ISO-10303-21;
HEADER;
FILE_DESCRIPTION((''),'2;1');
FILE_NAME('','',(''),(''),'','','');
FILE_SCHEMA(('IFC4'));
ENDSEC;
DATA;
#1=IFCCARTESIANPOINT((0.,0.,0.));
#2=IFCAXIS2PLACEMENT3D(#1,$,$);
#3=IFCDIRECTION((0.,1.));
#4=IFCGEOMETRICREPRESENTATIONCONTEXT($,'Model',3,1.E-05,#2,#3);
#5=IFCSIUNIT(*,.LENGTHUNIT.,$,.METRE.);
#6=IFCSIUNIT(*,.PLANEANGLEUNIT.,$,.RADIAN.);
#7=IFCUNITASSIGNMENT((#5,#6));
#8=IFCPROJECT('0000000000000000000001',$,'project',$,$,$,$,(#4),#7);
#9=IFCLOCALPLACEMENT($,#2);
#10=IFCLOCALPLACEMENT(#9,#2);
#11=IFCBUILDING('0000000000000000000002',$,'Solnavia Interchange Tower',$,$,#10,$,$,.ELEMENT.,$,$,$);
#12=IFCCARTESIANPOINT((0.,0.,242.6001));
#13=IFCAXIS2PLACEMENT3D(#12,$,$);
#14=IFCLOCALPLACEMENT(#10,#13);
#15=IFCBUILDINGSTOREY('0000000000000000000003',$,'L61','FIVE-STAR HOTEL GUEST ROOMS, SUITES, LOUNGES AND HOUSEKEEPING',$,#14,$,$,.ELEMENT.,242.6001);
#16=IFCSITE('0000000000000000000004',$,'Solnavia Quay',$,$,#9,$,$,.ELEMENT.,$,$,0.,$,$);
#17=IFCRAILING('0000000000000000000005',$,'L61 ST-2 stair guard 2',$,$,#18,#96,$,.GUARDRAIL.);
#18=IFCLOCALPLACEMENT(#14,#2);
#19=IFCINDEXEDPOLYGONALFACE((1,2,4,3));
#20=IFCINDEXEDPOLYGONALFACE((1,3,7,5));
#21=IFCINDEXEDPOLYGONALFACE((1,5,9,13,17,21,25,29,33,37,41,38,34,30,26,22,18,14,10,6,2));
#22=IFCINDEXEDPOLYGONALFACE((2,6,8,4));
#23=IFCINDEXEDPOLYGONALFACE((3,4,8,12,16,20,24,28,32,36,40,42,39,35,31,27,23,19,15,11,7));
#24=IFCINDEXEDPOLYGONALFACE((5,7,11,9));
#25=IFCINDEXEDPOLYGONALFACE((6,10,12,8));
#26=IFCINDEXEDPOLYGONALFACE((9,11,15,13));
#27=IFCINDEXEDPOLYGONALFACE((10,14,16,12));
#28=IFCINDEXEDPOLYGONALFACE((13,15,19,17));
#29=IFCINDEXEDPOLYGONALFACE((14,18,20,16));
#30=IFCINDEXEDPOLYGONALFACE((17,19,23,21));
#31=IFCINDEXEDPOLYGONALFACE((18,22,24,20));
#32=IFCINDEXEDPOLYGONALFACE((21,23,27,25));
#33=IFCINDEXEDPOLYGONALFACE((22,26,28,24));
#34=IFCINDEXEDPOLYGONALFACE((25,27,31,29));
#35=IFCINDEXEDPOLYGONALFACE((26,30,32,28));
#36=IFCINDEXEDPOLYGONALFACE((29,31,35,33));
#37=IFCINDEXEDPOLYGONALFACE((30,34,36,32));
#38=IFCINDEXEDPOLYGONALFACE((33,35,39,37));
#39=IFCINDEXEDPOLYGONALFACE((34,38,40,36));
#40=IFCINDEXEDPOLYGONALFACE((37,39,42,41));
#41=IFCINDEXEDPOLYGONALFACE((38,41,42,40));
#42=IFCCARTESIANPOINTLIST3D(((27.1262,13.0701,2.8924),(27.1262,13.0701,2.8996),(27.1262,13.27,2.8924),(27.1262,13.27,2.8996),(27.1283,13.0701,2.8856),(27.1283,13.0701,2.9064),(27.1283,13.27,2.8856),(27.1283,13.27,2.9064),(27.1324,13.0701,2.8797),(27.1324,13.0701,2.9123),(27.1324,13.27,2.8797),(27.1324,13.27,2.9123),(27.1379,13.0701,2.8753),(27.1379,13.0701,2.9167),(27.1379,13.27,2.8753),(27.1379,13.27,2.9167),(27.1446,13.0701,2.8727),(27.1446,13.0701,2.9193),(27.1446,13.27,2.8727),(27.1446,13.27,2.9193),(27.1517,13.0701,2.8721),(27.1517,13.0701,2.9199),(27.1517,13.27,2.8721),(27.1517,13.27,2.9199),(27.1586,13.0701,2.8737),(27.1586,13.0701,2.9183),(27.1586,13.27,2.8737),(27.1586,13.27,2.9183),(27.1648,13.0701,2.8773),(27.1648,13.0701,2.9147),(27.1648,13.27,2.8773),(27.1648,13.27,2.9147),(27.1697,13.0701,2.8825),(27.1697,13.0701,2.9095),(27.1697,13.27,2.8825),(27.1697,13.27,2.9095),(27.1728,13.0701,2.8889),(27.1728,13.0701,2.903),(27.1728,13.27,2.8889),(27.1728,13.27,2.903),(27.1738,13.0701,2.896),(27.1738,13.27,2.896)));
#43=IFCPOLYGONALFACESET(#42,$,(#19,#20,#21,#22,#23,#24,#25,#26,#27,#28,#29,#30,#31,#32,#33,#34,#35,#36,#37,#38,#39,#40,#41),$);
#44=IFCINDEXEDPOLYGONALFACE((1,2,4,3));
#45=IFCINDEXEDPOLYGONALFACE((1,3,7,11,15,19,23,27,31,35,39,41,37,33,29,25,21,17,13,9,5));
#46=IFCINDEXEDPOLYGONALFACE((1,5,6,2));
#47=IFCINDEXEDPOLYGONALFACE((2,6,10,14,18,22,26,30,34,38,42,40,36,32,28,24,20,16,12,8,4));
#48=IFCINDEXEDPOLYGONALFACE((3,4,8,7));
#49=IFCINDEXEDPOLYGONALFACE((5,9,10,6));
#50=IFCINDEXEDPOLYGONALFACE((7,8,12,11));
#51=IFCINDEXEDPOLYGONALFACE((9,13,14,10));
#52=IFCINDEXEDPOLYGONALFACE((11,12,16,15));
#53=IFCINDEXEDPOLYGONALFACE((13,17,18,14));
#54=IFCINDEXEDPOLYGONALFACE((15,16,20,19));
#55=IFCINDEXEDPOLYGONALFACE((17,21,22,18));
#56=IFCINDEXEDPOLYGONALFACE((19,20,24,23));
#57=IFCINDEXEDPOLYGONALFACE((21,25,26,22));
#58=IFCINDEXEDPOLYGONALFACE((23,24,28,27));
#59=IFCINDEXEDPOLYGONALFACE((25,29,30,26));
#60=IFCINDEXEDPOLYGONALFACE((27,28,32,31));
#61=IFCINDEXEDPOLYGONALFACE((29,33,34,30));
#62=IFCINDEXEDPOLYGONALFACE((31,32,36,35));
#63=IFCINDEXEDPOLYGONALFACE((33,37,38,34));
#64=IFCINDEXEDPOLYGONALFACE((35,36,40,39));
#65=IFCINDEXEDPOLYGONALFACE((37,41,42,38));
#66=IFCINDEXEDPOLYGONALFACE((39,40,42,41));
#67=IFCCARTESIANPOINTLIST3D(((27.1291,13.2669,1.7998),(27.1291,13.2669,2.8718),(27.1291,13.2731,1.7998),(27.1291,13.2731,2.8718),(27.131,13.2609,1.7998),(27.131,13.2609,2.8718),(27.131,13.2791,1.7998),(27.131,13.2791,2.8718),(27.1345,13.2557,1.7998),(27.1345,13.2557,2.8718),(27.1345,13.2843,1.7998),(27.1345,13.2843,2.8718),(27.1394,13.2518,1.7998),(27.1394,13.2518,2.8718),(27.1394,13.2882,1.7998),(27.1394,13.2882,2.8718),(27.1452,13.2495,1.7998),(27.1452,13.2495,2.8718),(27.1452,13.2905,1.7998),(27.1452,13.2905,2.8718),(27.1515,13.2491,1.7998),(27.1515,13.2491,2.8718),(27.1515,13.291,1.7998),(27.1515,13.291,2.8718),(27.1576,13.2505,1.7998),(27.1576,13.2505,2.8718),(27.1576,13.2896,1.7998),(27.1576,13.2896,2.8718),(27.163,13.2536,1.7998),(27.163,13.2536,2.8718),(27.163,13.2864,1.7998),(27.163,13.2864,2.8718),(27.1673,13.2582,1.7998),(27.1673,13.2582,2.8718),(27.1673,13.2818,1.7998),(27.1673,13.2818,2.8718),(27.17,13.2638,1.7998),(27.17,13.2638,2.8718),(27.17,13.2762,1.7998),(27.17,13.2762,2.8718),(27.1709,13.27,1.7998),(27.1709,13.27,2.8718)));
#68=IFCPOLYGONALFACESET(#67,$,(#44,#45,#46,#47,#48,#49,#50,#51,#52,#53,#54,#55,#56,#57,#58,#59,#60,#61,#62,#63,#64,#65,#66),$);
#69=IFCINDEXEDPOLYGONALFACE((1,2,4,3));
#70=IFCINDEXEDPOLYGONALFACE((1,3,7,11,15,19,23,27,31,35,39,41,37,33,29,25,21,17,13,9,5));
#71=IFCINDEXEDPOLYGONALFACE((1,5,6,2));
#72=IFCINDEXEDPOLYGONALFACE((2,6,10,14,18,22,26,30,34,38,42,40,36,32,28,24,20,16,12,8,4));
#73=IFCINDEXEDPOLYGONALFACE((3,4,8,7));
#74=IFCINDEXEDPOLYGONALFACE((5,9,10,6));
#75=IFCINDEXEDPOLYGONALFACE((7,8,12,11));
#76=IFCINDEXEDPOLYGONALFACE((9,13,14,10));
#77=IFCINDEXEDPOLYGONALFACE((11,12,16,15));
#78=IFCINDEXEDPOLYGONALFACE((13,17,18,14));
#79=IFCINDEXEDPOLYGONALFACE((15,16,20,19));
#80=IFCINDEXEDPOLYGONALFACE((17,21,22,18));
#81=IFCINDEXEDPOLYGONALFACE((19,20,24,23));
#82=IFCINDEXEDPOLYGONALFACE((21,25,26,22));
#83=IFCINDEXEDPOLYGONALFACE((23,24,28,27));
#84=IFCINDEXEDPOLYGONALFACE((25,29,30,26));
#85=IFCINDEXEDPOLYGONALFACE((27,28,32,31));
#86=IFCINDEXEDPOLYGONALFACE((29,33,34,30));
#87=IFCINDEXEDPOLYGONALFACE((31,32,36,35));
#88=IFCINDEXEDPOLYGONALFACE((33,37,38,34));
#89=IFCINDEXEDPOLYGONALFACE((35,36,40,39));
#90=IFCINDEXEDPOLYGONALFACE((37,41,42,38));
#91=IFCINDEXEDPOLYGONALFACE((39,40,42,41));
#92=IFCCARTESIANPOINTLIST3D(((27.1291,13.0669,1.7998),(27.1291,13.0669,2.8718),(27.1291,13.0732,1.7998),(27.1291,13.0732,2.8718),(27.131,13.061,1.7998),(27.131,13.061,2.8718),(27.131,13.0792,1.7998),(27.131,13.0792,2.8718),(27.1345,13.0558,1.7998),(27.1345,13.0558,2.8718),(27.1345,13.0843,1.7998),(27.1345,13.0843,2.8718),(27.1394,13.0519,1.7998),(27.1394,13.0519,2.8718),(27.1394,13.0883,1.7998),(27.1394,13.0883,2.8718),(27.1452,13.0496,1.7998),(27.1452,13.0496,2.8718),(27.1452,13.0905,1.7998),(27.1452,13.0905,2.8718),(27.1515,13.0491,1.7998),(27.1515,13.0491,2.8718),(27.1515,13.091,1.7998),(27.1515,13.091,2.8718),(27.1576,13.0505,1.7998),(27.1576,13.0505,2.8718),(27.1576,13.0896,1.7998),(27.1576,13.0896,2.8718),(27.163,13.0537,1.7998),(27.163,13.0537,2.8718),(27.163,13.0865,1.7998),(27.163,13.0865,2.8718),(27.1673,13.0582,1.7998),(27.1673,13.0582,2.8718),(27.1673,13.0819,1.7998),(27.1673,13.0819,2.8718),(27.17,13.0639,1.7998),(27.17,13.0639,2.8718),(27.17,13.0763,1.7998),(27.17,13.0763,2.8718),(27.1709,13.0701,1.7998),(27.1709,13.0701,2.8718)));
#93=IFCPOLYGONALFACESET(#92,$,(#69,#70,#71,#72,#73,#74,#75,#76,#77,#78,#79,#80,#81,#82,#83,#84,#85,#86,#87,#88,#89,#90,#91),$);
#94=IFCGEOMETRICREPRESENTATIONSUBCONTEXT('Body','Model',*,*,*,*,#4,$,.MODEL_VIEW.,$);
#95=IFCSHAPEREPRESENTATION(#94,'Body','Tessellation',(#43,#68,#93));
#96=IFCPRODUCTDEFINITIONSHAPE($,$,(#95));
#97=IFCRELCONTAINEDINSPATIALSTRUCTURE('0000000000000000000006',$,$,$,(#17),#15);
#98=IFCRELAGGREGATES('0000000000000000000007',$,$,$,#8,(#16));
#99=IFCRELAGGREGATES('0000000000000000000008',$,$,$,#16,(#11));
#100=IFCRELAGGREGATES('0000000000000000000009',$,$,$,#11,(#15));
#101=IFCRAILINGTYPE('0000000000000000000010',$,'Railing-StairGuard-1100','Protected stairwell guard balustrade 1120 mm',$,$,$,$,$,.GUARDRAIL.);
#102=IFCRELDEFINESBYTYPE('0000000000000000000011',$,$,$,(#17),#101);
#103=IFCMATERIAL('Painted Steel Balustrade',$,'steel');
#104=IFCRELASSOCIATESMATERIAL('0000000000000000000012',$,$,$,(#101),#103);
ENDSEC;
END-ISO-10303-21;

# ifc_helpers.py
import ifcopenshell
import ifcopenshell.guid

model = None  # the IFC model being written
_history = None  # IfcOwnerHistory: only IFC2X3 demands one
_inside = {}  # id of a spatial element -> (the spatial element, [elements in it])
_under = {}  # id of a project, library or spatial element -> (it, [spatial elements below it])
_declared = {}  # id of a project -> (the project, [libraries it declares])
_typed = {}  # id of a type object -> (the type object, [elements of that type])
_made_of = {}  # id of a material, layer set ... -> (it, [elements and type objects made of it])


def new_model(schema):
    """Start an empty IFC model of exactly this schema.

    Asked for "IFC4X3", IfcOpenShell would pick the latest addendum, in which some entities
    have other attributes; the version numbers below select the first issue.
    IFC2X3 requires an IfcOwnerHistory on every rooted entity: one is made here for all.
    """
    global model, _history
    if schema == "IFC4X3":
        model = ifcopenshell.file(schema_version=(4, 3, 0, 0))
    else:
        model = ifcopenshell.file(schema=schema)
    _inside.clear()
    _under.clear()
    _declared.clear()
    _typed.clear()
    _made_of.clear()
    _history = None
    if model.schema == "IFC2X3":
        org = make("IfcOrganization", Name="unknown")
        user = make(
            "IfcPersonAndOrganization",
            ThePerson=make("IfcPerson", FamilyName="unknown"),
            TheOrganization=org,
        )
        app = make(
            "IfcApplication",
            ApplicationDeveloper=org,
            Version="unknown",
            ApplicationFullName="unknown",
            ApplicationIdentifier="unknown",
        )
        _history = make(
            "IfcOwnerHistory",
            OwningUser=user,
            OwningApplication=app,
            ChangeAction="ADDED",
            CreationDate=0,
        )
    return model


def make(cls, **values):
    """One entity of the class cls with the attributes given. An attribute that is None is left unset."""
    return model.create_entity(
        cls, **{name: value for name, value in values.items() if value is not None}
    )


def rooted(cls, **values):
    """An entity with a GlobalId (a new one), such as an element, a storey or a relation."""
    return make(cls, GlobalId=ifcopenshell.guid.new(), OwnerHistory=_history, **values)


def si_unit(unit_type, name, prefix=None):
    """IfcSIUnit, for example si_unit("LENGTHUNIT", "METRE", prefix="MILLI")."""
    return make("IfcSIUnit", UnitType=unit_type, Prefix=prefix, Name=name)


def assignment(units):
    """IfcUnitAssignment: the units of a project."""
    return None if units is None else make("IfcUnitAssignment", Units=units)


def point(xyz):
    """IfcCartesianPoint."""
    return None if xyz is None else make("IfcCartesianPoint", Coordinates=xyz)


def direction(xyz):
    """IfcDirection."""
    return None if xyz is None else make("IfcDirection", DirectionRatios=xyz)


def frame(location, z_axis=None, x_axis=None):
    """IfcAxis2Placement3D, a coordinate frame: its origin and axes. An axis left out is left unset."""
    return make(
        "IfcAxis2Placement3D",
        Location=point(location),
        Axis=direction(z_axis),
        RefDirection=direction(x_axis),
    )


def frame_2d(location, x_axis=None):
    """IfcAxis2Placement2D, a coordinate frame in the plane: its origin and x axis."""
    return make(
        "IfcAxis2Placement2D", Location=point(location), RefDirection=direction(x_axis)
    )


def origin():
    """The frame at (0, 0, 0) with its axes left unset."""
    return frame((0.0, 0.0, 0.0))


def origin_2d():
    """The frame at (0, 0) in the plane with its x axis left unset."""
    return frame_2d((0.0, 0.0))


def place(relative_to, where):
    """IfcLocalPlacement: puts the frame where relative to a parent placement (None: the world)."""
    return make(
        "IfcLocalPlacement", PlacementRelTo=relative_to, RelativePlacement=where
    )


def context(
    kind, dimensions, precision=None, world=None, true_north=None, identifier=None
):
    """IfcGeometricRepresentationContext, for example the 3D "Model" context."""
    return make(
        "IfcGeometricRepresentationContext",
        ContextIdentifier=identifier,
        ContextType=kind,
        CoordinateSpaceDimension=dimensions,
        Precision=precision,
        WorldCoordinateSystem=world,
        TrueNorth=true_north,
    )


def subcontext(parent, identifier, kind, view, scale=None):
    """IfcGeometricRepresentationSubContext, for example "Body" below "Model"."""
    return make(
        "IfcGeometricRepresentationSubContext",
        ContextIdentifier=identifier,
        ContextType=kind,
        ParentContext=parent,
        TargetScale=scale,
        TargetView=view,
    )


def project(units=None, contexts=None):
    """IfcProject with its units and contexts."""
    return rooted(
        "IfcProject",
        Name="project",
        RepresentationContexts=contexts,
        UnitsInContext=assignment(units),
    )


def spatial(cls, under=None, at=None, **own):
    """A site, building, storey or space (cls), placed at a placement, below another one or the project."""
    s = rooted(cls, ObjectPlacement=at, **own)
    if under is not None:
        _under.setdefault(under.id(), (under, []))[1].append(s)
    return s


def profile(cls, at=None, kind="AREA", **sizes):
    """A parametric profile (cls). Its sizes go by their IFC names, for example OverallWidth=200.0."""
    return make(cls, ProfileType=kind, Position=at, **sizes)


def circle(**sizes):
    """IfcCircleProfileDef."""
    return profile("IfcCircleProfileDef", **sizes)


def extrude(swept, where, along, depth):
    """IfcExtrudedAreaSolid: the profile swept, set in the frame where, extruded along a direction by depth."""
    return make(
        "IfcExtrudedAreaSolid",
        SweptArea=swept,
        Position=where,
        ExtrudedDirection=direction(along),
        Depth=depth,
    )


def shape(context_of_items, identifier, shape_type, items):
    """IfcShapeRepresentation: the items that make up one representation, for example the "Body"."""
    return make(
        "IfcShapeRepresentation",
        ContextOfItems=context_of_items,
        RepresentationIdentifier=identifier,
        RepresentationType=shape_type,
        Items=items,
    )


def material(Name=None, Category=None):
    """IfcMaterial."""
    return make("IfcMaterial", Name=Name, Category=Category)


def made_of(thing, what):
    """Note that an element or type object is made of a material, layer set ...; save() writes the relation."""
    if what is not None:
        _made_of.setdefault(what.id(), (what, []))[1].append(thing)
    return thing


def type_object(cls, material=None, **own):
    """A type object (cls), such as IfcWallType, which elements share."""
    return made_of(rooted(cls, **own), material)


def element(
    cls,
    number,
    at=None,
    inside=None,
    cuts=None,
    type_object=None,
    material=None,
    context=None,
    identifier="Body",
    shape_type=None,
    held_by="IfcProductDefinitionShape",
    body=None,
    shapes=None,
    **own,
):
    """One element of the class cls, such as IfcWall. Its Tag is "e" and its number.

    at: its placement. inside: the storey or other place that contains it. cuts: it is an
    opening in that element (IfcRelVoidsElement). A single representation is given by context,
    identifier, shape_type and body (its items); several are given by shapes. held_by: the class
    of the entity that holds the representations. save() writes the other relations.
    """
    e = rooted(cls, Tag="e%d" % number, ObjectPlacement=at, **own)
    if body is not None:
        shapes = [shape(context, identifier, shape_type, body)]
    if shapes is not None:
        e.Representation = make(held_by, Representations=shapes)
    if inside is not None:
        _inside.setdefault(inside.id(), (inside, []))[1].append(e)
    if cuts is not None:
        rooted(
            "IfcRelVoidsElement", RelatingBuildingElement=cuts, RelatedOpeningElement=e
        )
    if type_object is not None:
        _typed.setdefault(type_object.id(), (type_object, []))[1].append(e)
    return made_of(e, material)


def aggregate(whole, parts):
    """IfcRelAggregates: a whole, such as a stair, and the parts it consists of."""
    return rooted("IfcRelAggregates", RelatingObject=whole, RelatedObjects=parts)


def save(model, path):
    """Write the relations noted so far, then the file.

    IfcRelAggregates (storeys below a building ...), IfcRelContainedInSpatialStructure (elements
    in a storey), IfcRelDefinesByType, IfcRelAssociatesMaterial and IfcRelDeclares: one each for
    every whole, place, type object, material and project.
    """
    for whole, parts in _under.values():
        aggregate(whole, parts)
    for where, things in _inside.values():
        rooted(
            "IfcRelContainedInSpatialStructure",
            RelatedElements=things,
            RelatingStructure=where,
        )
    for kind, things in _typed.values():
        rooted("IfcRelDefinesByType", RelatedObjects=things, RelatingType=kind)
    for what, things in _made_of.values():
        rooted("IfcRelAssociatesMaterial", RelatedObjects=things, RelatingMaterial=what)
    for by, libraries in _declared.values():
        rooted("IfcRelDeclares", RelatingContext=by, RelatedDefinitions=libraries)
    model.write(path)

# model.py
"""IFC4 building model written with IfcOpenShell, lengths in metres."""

from ifc_helpers import new_model, si_unit, direction, frame, origin, origin_2d, place, context, subcontext, project, spatial, circle, extrude, material, type_object, element, save


model = new_model("IFC4")

# Units and contexts
model_context = context("Model", 3, precision=1e-05, world=origin(), true_north=direction((0.0, 1.0)))
body_context = subcontext(model_context, "Body", "Model", "MODEL_VIEW")
ifc_project = project(units=[si_unit("LENGTHUNIT", "METRE"), si_unit("PLANEANGLEUNIT", "RADIAN")], contexts=[model_context])

# Site, building, storey
site_placement = place(None, origin())
site = spatial("IfcSite", under=ifc_project, at=site_placement, Name="Solnavia Quay", CompositionType="ELEMENT", RefElevation=0.0)
building_placement = place(site_placement, origin())
building = spatial("IfcBuilding", under=site, at=building_placement, Name="Solnavia Interchange Tower", CompositionType="ELEMENT")
storey_placement = place(building_placement, frame((0.0, 0.0, 242.6001)))
storey = spatial("IfcBuildingStorey", under=building, at=storey_placement, Name="L61", Description="FIVE-STAR HOTEL GUEST ROOMS, SUITES, LOUNGES AND HOUSEKEEPING", CompositionType="ELEMENT", Elevation=242.6001)

# Railing
ifc_material_1 = material(Name="Painted Steel Balustrade", Category="steel")
railing_type_1 = type_object("IfcRailingType", Name="Railing-StairGuard-1100", Description="Protected stairwell guard balustrade 1120 mm", PredefinedType="GUARDRAIL", material=ifc_material_1)
railing_1_placement = place(storey_placement, frame((27.1499, 13.27, 1.7998)))
element("IfcRailing", 1, at=railing_1_placement, inside=storey, type_object=railing_type_1, Name="L61 ST-2 stair guard 2", PredefinedType="GUARDRAIL", context=body_context, shape_type="SweptSolid", body=[
    extrude(circle(Radius=0.0239, at=origin_2d()), frame((0.0, 0.0, 1.0962), z_axis=(0.0, -1.0, 0.0), x_axis=(1.0, 0.0, 0.0)), (0.0, 0.0, 1.0), 0.2),
    extrude(circle(Radius=0.021, at=origin_2d()), origin(), (0.0, 0.0, 1.0), 1.072),
    extrude(circle(Radius=0.021, at=origin_2d()), frame((0.0, -0.2, 0.0)), (0.0, 0.0, 1.0), 1.072),
])

save(model, "model.ifc")
